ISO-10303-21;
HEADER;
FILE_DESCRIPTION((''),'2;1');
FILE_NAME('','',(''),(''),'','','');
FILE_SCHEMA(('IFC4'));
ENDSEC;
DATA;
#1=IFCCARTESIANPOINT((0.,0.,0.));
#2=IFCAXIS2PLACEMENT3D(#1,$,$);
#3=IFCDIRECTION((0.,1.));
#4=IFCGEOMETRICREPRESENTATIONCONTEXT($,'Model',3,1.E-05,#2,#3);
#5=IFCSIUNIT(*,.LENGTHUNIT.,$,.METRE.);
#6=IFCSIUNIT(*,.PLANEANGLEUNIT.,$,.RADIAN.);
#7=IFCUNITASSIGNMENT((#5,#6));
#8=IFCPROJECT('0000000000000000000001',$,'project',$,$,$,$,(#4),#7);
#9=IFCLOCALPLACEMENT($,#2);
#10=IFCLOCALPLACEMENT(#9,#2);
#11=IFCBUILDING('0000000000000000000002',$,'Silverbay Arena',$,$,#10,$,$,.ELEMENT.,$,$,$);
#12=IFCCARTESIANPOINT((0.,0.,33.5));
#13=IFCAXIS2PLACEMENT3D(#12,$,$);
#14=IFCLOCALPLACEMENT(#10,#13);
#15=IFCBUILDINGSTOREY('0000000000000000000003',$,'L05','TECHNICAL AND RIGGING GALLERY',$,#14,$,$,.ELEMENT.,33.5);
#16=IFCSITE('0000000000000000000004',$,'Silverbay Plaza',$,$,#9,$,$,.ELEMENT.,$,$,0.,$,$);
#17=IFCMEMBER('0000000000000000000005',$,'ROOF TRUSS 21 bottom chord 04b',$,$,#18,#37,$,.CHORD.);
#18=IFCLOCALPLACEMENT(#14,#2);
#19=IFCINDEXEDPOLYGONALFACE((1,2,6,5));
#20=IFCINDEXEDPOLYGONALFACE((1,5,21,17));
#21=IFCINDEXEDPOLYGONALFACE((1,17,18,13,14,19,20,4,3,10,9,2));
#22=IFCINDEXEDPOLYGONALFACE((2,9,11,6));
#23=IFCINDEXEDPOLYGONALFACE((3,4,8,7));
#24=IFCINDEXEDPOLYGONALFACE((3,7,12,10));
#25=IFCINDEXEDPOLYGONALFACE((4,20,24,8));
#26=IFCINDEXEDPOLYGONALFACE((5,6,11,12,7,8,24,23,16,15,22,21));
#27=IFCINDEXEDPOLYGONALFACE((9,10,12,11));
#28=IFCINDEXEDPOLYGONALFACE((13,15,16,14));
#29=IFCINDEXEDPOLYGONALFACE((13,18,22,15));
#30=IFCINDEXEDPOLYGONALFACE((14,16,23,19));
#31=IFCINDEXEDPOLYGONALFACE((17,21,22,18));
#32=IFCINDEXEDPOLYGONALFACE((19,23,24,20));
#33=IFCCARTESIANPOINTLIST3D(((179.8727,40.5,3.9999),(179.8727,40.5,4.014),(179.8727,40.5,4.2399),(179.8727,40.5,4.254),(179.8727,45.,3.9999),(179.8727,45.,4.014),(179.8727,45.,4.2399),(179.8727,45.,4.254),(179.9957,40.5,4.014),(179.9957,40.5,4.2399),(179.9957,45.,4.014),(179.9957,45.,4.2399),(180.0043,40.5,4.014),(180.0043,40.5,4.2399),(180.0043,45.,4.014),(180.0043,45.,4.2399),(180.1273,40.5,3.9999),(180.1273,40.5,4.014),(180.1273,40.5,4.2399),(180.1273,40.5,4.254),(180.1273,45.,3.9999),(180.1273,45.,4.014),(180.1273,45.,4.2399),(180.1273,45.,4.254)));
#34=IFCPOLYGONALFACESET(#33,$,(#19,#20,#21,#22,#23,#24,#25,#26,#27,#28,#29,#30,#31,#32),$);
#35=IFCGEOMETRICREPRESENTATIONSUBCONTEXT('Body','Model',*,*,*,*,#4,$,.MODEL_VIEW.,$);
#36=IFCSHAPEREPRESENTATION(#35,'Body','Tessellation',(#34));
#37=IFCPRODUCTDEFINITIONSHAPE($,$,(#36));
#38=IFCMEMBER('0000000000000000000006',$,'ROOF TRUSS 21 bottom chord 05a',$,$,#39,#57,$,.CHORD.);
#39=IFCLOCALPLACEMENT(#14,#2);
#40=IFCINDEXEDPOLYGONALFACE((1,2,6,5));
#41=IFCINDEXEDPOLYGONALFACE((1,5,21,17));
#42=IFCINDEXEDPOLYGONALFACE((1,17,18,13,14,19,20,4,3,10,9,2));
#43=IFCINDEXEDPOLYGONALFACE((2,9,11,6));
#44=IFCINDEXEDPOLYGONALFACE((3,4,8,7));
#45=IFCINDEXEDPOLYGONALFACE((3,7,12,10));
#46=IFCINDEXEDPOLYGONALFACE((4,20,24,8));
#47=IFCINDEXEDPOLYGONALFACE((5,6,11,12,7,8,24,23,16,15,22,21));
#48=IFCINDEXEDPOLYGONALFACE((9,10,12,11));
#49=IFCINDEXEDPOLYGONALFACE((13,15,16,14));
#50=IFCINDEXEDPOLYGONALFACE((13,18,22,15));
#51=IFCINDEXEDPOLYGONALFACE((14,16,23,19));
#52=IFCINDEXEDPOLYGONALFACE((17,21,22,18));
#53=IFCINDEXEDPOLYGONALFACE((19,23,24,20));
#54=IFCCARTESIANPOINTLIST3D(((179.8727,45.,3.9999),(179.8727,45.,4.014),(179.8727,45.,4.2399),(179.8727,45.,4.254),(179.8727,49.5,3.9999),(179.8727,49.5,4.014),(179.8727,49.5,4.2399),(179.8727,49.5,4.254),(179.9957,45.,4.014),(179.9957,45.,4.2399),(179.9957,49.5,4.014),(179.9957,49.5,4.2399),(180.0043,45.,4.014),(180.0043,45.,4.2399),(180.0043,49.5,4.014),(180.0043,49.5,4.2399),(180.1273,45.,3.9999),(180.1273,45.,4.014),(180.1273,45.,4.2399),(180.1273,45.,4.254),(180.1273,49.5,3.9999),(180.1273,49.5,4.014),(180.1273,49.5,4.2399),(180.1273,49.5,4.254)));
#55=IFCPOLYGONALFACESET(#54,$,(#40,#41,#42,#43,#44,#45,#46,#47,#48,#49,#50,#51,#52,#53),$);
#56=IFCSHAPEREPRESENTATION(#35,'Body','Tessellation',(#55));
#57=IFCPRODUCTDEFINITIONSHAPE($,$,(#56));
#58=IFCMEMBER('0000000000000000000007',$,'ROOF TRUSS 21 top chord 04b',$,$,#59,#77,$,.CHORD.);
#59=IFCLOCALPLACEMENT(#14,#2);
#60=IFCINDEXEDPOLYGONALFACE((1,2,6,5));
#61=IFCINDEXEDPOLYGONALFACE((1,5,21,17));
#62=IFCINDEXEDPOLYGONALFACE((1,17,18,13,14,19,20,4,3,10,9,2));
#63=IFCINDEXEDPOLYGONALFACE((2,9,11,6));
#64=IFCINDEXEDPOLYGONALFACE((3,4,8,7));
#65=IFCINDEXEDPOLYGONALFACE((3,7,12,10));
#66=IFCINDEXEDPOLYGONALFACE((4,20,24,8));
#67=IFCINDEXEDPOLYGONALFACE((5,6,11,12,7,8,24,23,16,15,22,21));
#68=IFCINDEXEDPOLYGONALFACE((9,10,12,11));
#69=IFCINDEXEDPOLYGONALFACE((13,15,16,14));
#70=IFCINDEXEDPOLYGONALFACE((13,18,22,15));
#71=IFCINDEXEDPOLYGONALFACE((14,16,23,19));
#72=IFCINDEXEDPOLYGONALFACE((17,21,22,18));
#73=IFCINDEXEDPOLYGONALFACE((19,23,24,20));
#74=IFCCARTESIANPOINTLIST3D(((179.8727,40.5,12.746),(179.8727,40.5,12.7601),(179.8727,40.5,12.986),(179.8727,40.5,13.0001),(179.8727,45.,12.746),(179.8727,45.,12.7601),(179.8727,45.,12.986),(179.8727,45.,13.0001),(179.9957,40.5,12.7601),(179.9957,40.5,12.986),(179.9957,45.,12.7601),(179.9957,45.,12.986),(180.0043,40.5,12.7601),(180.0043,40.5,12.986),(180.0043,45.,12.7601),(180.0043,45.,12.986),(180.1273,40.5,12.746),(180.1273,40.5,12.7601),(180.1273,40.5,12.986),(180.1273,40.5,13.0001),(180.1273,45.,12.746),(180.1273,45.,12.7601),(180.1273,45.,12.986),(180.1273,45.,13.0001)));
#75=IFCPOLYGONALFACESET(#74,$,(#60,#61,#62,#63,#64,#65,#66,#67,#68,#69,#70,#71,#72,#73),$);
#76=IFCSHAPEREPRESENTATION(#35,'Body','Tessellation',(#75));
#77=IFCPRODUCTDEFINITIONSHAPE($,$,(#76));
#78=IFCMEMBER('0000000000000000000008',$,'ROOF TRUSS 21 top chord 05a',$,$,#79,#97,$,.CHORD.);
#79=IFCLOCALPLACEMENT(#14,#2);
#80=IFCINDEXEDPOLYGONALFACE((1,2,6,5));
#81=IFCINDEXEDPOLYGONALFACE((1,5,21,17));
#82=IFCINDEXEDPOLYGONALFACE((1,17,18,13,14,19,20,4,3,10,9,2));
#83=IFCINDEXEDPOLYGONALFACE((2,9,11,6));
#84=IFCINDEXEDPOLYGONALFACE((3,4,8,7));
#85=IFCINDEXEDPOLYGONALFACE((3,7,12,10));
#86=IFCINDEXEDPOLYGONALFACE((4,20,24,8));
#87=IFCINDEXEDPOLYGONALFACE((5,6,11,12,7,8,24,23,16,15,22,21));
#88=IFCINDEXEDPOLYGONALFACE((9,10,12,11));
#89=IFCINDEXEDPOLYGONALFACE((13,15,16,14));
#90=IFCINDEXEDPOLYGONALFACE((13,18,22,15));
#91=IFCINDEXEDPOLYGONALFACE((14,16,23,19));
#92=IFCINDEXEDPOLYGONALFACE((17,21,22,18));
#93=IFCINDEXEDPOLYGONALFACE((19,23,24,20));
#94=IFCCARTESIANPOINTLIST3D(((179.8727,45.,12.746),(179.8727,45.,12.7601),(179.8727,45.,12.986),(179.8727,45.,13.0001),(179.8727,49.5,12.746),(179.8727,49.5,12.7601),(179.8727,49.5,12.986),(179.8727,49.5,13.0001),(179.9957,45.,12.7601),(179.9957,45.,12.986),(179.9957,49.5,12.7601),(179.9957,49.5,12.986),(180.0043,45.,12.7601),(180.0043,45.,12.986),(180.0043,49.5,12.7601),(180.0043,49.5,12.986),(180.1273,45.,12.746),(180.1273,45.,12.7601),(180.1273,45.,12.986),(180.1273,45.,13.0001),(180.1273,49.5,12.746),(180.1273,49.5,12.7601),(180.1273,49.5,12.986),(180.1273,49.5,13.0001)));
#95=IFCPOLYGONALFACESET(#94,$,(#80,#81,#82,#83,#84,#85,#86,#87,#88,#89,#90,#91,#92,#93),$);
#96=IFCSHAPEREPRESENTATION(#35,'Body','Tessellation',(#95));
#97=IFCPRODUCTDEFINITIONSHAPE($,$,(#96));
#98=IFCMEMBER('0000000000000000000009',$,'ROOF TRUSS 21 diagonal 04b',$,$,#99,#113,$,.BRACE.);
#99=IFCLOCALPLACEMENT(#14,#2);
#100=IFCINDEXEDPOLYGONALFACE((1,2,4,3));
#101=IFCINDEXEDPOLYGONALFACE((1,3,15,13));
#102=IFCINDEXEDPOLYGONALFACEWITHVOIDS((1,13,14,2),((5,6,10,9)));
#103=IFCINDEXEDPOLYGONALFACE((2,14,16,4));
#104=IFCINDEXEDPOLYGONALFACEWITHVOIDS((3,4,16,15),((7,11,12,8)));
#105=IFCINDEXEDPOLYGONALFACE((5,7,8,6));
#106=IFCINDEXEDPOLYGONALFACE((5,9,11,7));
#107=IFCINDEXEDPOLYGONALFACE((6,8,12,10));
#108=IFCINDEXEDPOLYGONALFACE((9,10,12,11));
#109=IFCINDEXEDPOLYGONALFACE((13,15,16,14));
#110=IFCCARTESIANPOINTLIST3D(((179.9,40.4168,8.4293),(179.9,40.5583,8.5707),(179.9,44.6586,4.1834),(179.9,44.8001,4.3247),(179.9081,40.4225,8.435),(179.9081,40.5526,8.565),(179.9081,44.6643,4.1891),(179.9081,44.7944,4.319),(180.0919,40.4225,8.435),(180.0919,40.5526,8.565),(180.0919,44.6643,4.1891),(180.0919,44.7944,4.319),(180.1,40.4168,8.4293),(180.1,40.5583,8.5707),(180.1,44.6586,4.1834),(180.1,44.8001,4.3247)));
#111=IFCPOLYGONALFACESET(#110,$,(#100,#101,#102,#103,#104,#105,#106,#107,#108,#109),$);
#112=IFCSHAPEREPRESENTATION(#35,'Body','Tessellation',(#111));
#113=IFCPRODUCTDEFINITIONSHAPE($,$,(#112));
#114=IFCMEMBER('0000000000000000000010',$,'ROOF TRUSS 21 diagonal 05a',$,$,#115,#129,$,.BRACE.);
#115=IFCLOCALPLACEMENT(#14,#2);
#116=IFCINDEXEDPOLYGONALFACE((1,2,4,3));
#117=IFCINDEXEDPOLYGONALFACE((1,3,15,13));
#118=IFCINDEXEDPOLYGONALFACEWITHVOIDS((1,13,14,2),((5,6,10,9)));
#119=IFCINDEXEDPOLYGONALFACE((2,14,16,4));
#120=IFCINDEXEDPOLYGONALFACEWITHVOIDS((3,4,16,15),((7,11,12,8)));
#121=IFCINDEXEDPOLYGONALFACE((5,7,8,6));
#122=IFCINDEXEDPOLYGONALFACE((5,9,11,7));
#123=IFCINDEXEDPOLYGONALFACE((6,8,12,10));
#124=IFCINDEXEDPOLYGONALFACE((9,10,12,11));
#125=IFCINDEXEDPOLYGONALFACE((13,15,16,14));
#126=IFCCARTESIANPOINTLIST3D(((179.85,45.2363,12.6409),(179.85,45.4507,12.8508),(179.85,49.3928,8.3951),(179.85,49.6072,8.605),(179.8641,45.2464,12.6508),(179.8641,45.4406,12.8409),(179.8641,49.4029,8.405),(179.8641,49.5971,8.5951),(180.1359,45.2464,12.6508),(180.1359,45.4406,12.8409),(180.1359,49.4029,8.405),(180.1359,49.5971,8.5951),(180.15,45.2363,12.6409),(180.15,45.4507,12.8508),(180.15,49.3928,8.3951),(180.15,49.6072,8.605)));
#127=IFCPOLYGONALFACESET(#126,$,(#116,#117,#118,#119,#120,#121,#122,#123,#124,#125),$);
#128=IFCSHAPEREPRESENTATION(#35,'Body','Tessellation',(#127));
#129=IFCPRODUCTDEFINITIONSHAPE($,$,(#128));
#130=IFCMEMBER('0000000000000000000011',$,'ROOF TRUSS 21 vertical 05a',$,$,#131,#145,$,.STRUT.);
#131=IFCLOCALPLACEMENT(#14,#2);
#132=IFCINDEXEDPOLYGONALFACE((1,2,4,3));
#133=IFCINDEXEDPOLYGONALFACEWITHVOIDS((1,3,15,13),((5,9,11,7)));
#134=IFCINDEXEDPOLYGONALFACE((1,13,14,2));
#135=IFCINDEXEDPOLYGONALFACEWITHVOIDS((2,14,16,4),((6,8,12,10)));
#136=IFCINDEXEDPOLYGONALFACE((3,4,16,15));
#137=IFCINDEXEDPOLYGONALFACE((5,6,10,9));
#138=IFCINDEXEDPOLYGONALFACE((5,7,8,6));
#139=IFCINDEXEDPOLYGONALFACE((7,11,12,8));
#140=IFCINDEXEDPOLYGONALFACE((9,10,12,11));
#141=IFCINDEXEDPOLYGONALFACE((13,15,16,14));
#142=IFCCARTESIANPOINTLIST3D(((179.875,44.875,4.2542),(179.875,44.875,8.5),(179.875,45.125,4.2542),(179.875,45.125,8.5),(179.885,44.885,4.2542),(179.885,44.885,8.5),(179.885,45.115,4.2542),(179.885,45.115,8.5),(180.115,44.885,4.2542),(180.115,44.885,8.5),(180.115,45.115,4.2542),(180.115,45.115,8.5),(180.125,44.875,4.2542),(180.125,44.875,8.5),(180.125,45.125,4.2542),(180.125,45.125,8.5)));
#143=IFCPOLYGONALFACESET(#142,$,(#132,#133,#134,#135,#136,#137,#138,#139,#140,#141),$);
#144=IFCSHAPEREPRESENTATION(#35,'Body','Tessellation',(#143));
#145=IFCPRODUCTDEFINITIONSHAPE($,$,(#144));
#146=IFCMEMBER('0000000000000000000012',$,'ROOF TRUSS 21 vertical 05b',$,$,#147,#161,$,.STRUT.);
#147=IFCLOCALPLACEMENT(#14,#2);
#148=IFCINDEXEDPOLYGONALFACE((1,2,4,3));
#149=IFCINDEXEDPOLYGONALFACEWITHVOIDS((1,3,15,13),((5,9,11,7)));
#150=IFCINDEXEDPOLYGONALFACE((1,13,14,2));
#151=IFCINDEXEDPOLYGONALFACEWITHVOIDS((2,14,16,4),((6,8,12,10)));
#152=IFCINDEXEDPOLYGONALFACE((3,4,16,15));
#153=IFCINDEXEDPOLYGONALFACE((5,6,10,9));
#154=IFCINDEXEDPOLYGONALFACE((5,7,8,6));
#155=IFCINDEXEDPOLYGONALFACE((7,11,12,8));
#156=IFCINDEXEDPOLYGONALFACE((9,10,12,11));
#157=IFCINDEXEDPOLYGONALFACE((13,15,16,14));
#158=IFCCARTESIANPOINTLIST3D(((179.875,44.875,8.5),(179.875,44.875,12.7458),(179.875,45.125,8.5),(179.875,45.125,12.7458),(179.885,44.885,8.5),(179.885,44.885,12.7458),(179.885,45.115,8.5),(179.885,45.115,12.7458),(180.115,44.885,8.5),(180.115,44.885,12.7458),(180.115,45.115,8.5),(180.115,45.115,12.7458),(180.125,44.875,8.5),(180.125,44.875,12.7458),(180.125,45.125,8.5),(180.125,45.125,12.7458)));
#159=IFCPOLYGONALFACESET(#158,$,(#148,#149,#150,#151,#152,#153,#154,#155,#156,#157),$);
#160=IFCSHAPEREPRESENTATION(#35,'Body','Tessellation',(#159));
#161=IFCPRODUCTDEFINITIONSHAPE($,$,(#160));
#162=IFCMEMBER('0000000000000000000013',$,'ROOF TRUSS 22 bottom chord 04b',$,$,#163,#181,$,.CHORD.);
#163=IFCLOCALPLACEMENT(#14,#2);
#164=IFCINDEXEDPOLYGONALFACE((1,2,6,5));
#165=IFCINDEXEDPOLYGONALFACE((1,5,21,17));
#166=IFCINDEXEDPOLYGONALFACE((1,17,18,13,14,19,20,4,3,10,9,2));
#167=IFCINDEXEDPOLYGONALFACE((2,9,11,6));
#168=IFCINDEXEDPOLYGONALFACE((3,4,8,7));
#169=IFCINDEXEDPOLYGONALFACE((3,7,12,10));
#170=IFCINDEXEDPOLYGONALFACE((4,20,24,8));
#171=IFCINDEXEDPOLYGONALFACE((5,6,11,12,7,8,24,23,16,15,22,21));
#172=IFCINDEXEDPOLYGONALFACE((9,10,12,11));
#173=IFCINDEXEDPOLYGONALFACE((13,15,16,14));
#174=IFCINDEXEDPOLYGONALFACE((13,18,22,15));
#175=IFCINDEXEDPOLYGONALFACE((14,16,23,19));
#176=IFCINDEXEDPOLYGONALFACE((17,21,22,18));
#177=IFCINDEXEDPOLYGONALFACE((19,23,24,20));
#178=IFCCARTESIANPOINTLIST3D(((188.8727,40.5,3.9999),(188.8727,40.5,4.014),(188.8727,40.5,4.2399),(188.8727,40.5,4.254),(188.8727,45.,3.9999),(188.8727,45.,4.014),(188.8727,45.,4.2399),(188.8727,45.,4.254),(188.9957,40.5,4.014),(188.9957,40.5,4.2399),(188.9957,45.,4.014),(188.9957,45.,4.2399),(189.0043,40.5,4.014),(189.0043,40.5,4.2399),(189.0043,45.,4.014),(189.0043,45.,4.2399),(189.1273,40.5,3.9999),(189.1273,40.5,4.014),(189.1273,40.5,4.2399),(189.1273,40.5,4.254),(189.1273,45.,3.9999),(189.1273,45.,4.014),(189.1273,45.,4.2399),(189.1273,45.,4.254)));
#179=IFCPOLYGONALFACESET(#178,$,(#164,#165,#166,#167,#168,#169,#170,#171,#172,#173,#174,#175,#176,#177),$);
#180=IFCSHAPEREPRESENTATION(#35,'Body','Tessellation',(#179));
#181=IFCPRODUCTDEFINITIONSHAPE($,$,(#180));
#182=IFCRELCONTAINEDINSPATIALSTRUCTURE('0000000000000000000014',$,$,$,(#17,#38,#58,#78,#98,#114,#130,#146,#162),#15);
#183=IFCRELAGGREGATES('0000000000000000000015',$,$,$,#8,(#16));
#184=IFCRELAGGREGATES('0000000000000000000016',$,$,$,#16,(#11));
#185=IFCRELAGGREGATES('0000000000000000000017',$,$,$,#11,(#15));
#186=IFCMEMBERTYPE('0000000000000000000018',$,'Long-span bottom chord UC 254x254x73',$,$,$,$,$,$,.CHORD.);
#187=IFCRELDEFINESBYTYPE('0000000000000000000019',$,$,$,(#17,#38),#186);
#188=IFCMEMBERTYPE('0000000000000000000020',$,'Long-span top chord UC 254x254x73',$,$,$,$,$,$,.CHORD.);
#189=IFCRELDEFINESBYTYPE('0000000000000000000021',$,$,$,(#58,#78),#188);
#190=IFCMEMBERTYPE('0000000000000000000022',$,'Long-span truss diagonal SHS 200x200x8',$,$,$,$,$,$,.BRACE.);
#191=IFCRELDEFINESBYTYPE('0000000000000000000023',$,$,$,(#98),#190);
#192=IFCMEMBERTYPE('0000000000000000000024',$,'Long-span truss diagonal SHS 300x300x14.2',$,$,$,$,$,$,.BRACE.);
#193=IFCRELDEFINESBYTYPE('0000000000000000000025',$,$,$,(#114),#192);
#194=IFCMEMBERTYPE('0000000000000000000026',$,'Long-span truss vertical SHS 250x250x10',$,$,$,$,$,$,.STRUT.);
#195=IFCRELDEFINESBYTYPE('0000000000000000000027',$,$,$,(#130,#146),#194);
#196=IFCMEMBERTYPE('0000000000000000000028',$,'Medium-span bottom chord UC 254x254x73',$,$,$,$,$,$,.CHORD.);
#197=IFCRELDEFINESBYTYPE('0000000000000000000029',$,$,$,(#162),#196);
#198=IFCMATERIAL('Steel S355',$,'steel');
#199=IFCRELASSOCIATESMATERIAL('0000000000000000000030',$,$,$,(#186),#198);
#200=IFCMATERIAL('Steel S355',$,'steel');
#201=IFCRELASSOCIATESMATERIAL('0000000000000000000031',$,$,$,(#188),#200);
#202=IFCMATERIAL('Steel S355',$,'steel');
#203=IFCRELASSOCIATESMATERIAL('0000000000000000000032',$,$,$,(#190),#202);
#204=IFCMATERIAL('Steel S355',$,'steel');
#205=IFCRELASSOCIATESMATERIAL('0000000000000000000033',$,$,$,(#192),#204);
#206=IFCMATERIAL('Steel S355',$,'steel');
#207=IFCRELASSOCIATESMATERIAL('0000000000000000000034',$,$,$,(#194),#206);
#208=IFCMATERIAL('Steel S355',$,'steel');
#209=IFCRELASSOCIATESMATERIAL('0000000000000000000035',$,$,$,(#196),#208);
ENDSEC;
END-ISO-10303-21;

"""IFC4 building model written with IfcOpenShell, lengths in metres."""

from ifc_helpers import new_model, si_unit, direction, frame, origin, origin_2d, place, context, subcontext, project, spatial, hollow_rectangle, i_section, extrude, material, material_profile, profile_set, type_object, element, save


model = new_model("IFC4")

# Units and contexts
model_context = context("Model", 3, precision=1e-05, world=origin(), true_north=direction((0.0, 1.0)))
body_context = subcontext(model_context, "Body", "Model", "MODEL_VIEW")
ifc_project = project(units=[si_unit("LENGTHUNIT", "METRE"), si_unit("PLANEANGLEUNIT", "RADIAN")], contexts=[model_context])

# Site, building, storey
site_placement = place(None, origin())
site = spatial("IfcSite", under=ifc_project, at=site_placement, Name="Silverbay Plaza", CompositionType="ELEMENT", RefElevation=0.0)
building_placement = place(site_placement, origin())
building = spatial("IfcBuilding", under=site, at=building_placement, Name="Silverbay Arena", CompositionType="ELEMENT")
storey_placement = place(building_placement, frame((0.0, 0.0, 33.5)))
storey = spatial("IfcBuildingStorey", under=building, at=storey_placement, Name="L05", Description="TECHNICAL AND RIGGING GALLERY", CompositionType="ELEMENT", Elevation=33.5)

# Members
ifc_material_1 = material(Name="Steel S355", Category="steel")
ifc_material_profile_1 = material_profile(ifc_material_1, i_section(OverallWidth=0.2546, OverallDepth=0.2542, WebThickness=0.0085, FlangeThickness=0.0142, at=origin_2d()), Name="UC 254x254x73")
ifc_profile_set_1 = profile_set([ifc_material_profile_1], Name="Steel S355")
member_type_1 = type_object("IfcMemberType", Name="Long-span bottom chord UC 254x254x73", PredefinedType="CHORD", material=ifc_profile_set_1)
for number, where, z_axis, x_axis, name in (
    (1, (180.0, 40.5, 4.127), (0.0, 1.0, 0.0), (-1.0, 0.0, 0.0), "ROOF TRUSS 21 bottom chord 04b"),
    (2, (180.0, 45.0, 4.127), (0.0, 1.0, 0.0), (-1.0, 0.0, 0.0), "ROOF TRUSS 21 bottom chord 05a"),
):
    element("IfcMember", number, at=place(storey_placement, frame(where, z_axis=z_axis, x_axis=x_axis)), inside=storey, type_object=member_type_1, Name=name, PredefinedType="CHORD", context=body_context, shape_type="SweptSolid", body=[
        extrude(i_section(OverallWidth=0.2546, OverallDepth=0.2542, WebThickness=0.0085, FlangeThickness=0.0142, at=origin_2d()), origin(), (0.0, 0.0, 1.0), 4.5),
    ])
ifc_material_2 = material(Name="Steel S355", Category="steel")
ifc_material_profile_2 = material_profile(ifc_material_2, i_section(OverallWidth=0.2546, OverallDepth=0.2542, WebThickness=0.0085, FlangeThickness=0.0142, at=origin_2d()), Name="UC 254x254x73")
ifc_profile_set_2 = profile_set([ifc_material_profile_2], Name="Steel S355")
member_type_2 = type_object("IfcMemberType", Name="Long-span top chord UC 254x254x73", PredefinedType="CHORD", material=ifc_profile_set_2)
for number, where, z_axis, x_axis, name in (
    (3, (180.0, 40.5, 12.873), (0.0, 1.0, 0.0), (-1.0, 0.0, 0.0), "ROOF TRUSS 21 top chord 04b"),
    (4, (180.0, 45.0, 12.873), (0.0, 1.0, 0.0), (-1.0, 0.0, 0.0), "ROOF TRUSS 21 top chord 05a"),
):
    element("IfcMember", number, at=place(storey_placement, frame(where, z_axis=z_axis, x_axis=x_axis)), inside=storey, type_object=member_type_2, Name=name, PredefinedType="CHORD", context=body_context, shape_type="SweptSolid", body=[
        extrude(i_section(OverallWidth=0.2546, OverallDepth=0.2542, WebThickness=0.0085, FlangeThickness=0.0142, at=origin_2d()), origin(), (0.0, 0.0, 1.0), 4.5),
    ])
ifc_material_3 = material(Name="Steel S355", Category="steel")
ifc_material_profile_3 = material_profile(ifc_material_3, hollow_rectangle(XDim=0.2, YDim=0.2, WallThickness=0.0081, at=origin_2d()), Name="SHS 200x200x8")
ifc_profile_set_3 = profile_set([ifc_material_profile_3], Name="Steel S355")
member_type_3 = type_object("IfcMemberType", Name="Long-span truss diagonal SHS 200x200x8", PredefinedType="BRACE", material=ifc_profile_set_3)
member_1_placement = place(storey_placement, frame((180.0, 40.4875, 8.5), z_axis=(0.0, 0.706761, -0.707452), x_axis=(-1.0, 0.0, 0.0)))
element("IfcMember", 5, at=member_1_placement, inside=storey, type_object=member_type_3, Name="ROOF TRUSS 21 diagonal 04b", PredefinedType="BRACE", context=body_context, shape_type="SweptSolid", body=[
    extrude(hollow_rectangle(XDim=0.2, YDim=0.2, WallThickness=0.0081, at=origin_2d()), origin(), (0.0, 0.0, 1.0), 6.0017),
])
ifc_material_4 = material(Name="Steel S355", Category="steel")
ifc_material_profile_4 = material_profile(ifc_material_4, hollow_rectangle(XDim=0.3, YDim=0.3, WallThickness=0.0142, at=origin_2d()), Name="SHS 300x300x14.2")
ifc_profile_set_4 = profile_set([ifc_material_profile_4], Name="Steel S355")
member_type_4 = type_object("IfcMemberType", Name="Long-span truss diagonal SHS 300x300x14.2", PredefinedType="BRACE", material=ifc_profile_set_4)
member_2_placement = place(storey_placement, frame((180.0, 45.3435, 12.7458), z_axis=(0.0, 0.699547, -0.714586), x_axis=(-1.0, 0.0, 0.0)))
element("IfcMember", 6, at=member_2_placement, inside=storey, type_object=member_type_4, Name="ROOF TRUSS 21 diagonal 05a", PredefinedType="BRACE", context=body_context, shape_type="SweptSolid", body=[
    extrude(hollow_rectangle(XDim=0.3, YDim=0.3, WallThickness=0.0142, at=origin_2d()), origin(), (0.0, 0.0, 1.0), 5.9417),
])
ifc_material_5 = material(Name="Steel S355", Category="steel")
ifc_material_profile_5 = material_profile(ifc_material_5, hollow_rectangle(XDim=0.25, YDim=0.25, WallThickness=0.01, at=origin_2d()), Name="SHS 250x250x10")
ifc_profile_set_5 = profile_set([ifc_material_profile_5], Name="Steel S355")
member_type_5 = type_object("IfcMemberType", Name="Long-span truss vertical SHS 250x250x10", PredefinedType="STRUT", material=ifc_profile_set_5)
for number, where, z_axis, x_axis, name in (
    (7, (180.0, 45.0, 4.2542), (0.0, 0.0, 1.0), (1.0, 0.0, 0.0), "ROOF TRUSS 21 vertical 05a"),
    (8, (180.0, 45.0, 8.5), (0.0, 0.0, 1.0), (1.0, 0.0, 0.0), "ROOF TRUSS 21 vertical 05b"),
):
    element("IfcMember", number, at=place(storey_placement, frame(where, z_axis=z_axis, x_axis=x_axis)), inside=storey, type_object=member_type_5, Name=name, PredefinedType="STRUT", context=body_context, shape_type="SweptSolid", body=[
        extrude(hollow_rectangle(XDim=0.25, YDim=0.25, WallThickness=0.01, at=origin_2d()), origin(), (0.0, 0.0, 1.0), 4.2458),
    ])
ifc_material_6 = material(Name="Steel S355", Category="steel")
ifc_material_profile_6 = material_profile(ifc_material_6, i_section(OverallWidth=0.2546, OverallDepth=0.2542, WebThickness=0.0085, FlangeThickness=0.0142, at=origin_2d()), Name="UC 254x254x73")
ifc_profile_set_6 = profile_set([ifc_material_profile_6], Name="Steel S355")
member_type_6 = type_object("IfcMemberType", Name="Medium-span bottom chord UC 254x254x73", PredefinedType="CHORD", material=ifc_profile_set_6)
for number, where, z_axis, x_axis, name in (
    (9, (189.0, 40.5, 4.127), (0.0, 1.0, 0.0), (-1.0, 0.0, 0.0), "ROOF TRUSS 22 bottom chord 04b"),
):
    element("IfcMember", number, at=place(storey_placement, frame(where, z_axis=z_axis, x_axis=x_axis)), inside=storey, type_object=member_type_6, Name=name, PredefinedType="CHORD", context=body_context, shape_type="SweptSolid", body=[
        extrude(i_section(OverallWidth=0.2546, OverallDepth=0.2542, WebThickness=0.0085, FlangeThickness=0.0142, at=origin_2d()), origin(), (0.0, 0.0, 1.0), 4.5),
    ])

save(model, "model.ifc")
